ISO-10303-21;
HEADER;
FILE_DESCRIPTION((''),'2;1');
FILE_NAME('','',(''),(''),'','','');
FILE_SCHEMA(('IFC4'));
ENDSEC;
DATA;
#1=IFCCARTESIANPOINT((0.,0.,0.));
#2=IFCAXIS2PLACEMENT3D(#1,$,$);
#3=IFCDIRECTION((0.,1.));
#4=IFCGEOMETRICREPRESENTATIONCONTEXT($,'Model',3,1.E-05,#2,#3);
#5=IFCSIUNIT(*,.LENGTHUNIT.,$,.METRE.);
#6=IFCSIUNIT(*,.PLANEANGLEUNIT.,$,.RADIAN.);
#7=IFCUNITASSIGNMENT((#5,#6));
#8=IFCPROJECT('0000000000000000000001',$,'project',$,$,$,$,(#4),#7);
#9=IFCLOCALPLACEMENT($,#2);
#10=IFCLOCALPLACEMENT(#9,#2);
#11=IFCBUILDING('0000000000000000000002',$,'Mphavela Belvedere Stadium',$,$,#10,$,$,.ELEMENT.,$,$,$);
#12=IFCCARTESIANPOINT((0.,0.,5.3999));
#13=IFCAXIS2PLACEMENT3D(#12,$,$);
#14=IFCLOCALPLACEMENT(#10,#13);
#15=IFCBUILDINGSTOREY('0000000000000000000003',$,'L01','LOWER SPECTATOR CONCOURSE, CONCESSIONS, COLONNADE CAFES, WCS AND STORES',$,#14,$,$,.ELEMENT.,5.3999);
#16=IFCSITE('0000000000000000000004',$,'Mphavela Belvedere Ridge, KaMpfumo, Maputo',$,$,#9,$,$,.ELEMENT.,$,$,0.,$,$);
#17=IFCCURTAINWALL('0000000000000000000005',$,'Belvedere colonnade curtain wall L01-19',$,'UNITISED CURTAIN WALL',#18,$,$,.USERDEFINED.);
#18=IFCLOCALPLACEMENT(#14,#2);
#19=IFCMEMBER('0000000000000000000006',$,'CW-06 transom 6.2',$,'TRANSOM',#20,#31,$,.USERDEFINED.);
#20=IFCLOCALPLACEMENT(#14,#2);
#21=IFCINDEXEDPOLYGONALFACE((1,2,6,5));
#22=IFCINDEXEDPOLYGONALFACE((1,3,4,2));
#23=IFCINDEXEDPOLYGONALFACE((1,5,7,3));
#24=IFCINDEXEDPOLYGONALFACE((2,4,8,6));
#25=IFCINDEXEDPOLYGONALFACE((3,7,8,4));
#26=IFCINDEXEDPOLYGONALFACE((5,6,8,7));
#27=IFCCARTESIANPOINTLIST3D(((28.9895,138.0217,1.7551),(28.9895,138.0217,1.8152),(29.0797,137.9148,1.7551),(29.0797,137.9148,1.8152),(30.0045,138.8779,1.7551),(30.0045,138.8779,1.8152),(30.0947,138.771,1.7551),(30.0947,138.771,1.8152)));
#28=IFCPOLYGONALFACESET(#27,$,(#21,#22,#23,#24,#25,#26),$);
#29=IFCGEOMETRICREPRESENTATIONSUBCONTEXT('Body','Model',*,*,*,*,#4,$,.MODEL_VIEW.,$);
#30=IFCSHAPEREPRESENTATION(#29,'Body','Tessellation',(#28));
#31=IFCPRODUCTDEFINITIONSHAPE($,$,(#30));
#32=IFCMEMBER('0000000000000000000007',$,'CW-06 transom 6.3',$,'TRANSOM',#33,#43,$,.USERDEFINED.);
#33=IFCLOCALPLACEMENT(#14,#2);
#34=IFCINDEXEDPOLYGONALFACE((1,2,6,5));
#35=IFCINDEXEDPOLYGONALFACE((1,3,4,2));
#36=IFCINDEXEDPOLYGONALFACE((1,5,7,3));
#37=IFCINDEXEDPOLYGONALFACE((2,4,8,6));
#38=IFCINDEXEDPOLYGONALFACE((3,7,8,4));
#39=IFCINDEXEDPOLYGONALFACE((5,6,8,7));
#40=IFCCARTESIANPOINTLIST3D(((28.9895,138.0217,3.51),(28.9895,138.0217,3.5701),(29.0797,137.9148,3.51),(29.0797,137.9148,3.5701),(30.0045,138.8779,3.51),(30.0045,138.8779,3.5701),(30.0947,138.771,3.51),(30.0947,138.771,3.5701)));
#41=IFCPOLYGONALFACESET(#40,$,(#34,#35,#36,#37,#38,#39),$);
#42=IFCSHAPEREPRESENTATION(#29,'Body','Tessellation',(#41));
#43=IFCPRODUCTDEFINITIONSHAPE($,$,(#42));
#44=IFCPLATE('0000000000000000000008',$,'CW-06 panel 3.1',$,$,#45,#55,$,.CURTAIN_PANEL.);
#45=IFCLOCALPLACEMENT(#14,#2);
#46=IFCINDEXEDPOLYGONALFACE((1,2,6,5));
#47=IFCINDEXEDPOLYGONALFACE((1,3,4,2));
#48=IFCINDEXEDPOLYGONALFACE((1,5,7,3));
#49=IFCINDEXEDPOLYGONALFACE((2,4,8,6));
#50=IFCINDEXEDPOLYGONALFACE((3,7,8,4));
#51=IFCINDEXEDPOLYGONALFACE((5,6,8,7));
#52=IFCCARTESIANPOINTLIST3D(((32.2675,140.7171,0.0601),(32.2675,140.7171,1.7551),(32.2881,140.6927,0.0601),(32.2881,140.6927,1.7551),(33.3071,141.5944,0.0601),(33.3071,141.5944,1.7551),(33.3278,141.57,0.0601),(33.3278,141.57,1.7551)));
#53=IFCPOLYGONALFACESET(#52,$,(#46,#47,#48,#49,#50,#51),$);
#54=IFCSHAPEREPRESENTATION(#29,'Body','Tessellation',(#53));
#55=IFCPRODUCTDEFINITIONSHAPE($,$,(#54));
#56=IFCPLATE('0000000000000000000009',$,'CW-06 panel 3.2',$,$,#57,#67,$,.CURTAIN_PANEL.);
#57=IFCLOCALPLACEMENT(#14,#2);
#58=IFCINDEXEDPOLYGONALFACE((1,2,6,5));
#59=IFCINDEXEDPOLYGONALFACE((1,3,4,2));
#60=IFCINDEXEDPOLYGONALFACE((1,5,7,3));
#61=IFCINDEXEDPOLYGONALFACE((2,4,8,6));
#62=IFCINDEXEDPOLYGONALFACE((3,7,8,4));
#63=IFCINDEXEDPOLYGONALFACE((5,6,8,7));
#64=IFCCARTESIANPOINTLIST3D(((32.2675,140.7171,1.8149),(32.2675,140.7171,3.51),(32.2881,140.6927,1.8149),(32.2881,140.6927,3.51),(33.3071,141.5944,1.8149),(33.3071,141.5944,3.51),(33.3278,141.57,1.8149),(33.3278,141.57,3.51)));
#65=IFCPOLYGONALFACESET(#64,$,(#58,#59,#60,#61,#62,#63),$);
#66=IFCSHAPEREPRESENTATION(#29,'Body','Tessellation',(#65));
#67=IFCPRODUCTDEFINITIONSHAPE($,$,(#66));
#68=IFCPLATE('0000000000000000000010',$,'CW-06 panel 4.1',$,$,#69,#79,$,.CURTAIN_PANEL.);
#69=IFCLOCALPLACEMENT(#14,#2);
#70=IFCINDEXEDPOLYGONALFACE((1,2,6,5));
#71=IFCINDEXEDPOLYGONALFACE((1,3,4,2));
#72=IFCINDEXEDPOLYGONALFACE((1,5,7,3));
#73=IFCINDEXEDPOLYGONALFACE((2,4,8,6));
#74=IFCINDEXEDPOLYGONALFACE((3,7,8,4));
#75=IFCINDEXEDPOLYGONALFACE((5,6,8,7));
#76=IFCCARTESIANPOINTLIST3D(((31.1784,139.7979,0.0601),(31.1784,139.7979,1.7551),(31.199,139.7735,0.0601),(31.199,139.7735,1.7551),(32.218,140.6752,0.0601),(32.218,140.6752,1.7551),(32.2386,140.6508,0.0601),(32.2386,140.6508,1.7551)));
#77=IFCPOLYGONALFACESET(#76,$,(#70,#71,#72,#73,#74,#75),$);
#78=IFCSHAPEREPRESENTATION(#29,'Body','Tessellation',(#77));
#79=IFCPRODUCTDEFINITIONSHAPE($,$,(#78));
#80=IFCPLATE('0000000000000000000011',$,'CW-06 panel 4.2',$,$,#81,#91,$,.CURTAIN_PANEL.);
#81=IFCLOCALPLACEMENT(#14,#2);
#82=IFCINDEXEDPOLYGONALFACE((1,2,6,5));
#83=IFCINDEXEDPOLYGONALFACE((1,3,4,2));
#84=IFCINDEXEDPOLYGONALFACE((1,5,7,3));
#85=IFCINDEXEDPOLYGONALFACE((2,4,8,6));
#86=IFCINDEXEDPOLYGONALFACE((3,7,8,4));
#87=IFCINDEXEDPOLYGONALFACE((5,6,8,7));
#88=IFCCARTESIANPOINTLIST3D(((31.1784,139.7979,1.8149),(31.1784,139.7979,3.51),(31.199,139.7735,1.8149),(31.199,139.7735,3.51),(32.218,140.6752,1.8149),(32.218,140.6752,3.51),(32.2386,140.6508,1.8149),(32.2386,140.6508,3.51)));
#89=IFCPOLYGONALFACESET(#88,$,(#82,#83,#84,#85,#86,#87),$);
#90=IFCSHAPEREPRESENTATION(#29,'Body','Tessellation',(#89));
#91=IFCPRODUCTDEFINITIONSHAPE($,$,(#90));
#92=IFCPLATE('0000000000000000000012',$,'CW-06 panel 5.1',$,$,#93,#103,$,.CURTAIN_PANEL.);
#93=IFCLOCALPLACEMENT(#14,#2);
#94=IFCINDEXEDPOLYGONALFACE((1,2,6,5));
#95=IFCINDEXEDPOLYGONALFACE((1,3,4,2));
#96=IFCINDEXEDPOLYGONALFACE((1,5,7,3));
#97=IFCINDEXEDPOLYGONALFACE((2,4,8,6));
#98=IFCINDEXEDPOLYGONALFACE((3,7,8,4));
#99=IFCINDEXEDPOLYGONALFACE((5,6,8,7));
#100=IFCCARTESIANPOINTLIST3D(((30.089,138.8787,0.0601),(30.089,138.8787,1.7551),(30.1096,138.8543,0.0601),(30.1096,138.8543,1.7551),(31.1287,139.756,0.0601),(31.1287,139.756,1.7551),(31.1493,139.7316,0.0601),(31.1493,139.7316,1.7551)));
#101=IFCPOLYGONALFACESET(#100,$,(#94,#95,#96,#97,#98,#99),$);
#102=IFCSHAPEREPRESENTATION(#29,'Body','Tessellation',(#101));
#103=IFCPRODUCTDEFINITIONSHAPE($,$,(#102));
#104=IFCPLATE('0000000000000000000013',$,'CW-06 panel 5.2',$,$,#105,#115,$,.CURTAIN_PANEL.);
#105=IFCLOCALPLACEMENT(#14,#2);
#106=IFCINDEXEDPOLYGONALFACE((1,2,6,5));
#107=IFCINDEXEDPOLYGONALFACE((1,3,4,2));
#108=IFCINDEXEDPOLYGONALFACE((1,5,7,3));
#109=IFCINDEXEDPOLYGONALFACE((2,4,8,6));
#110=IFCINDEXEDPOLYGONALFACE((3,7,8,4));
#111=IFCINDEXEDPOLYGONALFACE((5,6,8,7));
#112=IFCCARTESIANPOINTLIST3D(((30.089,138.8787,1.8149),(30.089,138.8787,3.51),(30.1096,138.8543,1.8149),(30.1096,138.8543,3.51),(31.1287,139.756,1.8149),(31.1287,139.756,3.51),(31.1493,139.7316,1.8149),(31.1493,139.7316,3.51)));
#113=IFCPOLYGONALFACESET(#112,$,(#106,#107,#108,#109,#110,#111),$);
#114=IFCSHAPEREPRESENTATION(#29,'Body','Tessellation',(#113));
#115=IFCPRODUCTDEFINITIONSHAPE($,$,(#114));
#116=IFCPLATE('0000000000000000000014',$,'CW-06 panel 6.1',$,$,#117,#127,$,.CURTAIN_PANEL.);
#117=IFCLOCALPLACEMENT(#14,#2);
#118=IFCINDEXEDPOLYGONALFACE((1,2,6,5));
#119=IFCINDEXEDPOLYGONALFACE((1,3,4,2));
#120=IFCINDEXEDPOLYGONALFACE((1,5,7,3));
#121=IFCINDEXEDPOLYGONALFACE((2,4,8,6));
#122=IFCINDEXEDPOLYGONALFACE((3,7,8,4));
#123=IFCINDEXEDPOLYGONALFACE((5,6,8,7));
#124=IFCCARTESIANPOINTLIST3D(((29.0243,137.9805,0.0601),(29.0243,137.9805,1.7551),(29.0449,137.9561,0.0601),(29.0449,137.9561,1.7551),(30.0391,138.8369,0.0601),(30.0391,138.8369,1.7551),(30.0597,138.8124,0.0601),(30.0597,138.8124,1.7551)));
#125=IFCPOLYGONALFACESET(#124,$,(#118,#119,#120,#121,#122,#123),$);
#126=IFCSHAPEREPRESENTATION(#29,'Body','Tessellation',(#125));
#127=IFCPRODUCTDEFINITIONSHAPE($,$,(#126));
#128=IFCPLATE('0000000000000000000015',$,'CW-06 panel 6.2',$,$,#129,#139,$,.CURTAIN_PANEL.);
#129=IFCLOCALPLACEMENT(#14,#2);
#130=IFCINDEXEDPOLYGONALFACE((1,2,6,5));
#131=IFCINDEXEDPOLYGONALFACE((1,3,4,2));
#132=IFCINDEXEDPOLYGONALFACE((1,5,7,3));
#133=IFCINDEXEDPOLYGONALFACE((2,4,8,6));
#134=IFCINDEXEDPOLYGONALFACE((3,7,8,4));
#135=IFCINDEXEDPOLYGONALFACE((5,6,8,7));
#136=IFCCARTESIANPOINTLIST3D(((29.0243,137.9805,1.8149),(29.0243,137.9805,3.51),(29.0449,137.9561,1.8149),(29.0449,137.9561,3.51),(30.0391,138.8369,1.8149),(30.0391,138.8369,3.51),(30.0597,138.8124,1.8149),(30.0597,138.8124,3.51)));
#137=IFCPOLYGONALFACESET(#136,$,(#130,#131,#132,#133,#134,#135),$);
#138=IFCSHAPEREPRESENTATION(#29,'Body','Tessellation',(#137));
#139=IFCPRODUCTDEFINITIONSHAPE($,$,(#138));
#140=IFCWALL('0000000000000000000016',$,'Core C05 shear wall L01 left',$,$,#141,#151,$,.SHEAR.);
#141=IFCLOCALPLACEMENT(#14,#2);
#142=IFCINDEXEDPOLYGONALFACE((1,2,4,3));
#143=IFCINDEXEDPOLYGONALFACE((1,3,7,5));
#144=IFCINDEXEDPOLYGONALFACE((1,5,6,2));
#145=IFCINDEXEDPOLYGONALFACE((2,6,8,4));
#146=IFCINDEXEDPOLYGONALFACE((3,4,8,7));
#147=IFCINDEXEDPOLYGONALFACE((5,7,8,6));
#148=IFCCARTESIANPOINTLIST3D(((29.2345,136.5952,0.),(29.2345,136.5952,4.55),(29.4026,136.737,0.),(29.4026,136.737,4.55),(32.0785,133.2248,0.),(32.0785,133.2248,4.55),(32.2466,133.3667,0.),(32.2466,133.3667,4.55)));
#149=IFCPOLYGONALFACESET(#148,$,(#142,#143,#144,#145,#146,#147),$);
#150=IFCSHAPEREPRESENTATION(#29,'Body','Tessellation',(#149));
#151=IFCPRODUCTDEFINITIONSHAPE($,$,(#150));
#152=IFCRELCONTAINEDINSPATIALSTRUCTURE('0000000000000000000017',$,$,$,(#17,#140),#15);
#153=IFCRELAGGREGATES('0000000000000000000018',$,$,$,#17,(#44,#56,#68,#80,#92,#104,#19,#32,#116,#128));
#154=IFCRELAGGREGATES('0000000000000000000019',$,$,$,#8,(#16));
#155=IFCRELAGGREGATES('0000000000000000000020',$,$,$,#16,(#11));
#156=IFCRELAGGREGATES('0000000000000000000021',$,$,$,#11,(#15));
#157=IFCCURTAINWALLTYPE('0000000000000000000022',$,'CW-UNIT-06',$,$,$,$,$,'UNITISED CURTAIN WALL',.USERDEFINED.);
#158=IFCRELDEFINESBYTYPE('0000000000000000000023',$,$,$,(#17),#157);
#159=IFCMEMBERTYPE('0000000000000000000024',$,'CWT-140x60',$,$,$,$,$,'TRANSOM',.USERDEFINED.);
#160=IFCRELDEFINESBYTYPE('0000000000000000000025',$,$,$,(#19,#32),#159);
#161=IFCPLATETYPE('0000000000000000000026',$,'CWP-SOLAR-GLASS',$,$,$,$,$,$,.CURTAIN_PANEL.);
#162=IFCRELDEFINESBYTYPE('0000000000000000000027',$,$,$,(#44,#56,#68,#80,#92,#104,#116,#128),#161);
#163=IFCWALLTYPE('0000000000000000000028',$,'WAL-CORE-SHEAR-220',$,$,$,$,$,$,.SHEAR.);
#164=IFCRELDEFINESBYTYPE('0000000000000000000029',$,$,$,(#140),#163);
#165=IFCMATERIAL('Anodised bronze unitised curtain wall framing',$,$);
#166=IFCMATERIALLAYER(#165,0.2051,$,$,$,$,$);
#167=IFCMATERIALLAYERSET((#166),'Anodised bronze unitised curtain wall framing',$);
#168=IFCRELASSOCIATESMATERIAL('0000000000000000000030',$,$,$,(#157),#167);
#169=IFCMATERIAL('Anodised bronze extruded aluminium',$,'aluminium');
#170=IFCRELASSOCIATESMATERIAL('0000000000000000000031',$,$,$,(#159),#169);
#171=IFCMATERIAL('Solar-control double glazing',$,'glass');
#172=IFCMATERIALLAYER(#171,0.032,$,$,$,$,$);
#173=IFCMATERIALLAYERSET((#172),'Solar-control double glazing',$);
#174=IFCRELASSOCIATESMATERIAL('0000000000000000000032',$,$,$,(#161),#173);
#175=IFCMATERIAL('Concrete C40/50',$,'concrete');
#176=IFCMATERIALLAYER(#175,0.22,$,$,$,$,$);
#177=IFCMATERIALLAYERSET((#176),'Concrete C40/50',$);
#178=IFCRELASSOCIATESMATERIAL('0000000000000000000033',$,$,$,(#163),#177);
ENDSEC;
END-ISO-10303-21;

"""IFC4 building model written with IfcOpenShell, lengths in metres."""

from ifc_helpers import new_model, si_unit, direction, frame, frame_2d, origin, origin_2d, place, context, subcontext, project, spatial, rectangle, extrude, material, layer, layer_set, material_profile, profile_set, type_object, element, aggregate, save


model = new_model("IFC4")

# Units and contexts
model_context = context("Model", 3, precision=1e-05, world=origin(), true_north=direction((0.0, 1.0)))
body_context = subcontext(model_context, "Body", "Model", "MODEL_VIEW")
ifc_project = project(units=[si_unit("LENGTHUNIT", "METRE"), si_unit("PLANEANGLEUNIT", "RADIAN")], contexts=[model_context])

# Site, building, storey
site_placement = place(None, origin())
site = spatial("IfcSite", under=ifc_project, at=site_placement, Name="Mphavela Belvedere Ridge, KaMpfumo, Maputo", CompositionType="ELEMENT", RefElevation=0.0)
building_placement = place(site_placement, origin())
building = spatial("IfcBuilding", under=site, at=building_placement, Name="Mphavela Belvedere Stadium", CompositionType="ELEMENT")
storey_placement = place(building_placement, frame((0.0, 0.0, 5.3999)))
storey = spatial("IfcBuildingStorey", under=building, at=storey_placement, Name="L01", Description="LOWER SPECTATOR CONCOURSE, CONCESSIONS, COLONNADE CAFES, WCS AND STORES", CompositionType="ELEMENT", Elevation=5.3999)

# Curtain wall, members, plates
ifc_material_1 = material(Name="Anodised bronze unitised curtain wall framing")
ifc_layer_1 = layer(ifc_material_1, 0.2051)
ifc_layer_set_1 = layer_set([ifc_layer_1], Name="Anodised bronze unitised curtain wall framing")
curtain_wall_type = type_object("IfcCurtainWallType", Name="CW-UNIT-06", ElementType="UNITISED CURTAIN WALL", PredefinedType="USERDEFINED", material=ifc_layer_set_1)
curtain_wall_placement = place(storey_placement, origin())
curtain_wall = element("IfcCurtainWall", 1, at=curtain_wall_placement, inside=storey, type_object=curtain_wall_type, Name="Belvedere colonnade curtain wall L01-19", ObjectType="UNITISED CURTAIN WALL", PredefinedType="USERDEFINED")
ifc_material_2 = material(Name="Anodised bronze extruded aluminium", Category="aluminium")
ifc_material_profile_1 = material_profile(ifc_material_2, rectangle(XDim=0.1399, YDim=0.0601, at=origin_2d()), Name="CW-TRN 140x60")
ifc_profile_set_1 = profile_set([ifc_material_profile_1], Name="Anodised bronze extruded aluminium")
member_type_1 = type_object("IfcMemberType", Name="CWT-140x60", ElementType="TRANSOM", PredefinedType="USERDEFINED", material=ifc_profile_set_1)
member_1_placement = place(storey_placement, frame((30.0496, 138.8245, 1.7852), z_axis=(-0.764334, -0.644821, 0.0), x_axis=(0.644821, -0.764334, 0.0)))
member_1 = element("IfcMember", 2, at=member_1_placement, type_object=member_type_1, Name="CW-06 transom 6.2", ObjectType="TRANSOM", PredefinedType="USERDEFINED", context=body_context, shape_type="SweptSolid", body=[
    extrude(rectangle(XDim=0.1399, YDim=0.0601, at=origin_2d()), origin(), (0.0, 0.0, 1.0), 1.3279),
])
member_2_placement = place(storey_placement, frame((30.0496, 138.8245, 3.54), z_axis=(-0.764334, -0.644821, 0.0), x_axis=(0.644821, -0.764334, 0.0)))
member_2 = element("IfcMember", 3, at=member_2_placement, type_object=member_type_1, Name="CW-06 transom 6.3", ObjectType="TRANSOM", PredefinedType="USERDEFINED", context=body_context, shape_type="SweptSolid", body=[
    extrude(rectangle(XDim=0.1399, YDim=0.0601, at=origin_2d()), origin(), (0.0, 0.0, 1.0), 1.3279),
])
ifc_material_3 = material(Name="Solar-control double glazing", Category="glass")
ifc_layer_2 = layer(ifc_material_3, 0.032)
ifc_layer_set_2 = layer_set([ifc_layer_2], Name="Solar-control double glazing")
plate_type = type_object("IfcPlateType", Name="CWP-SOLAR-GLASS", PredefinedType="CURTAIN_PANEL", material=ifc_layer_set_2)
plate_1_placement = place(storey_placement, frame((32.7976, 141.1436, 0.0601), z_axis=(0.0, 0.0, 1.0), x_axis=(-0.764259, -0.64491, 0.0)))
plate_1 = element("IfcPlate", 4, at=plate_1_placement, type_object=plate_type, Name="CW-06 panel 3.1", PredefinedType="CURTAIN_PANEL", context=body_context, shape_type="SweptSolid", body=[
    extrude(rectangle(XDim=1.3604, YDim=0.032, at=origin_2d()), origin(), (0.0, 0.0, 1.0), 1.6951),
])
plate_2_placement = place(storey_placement, frame((32.7976, 141.1436, 1.8149), z_axis=(0.0, 0.0, 1.0), x_axis=(-0.764259, -0.64491, 0.0)))
plate_2 = element("IfcPlate", 5, at=plate_2_placement, type_object=plate_type, Name="CW-06 panel 3.2", PredefinedType="CURTAIN_PANEL", context=body_context, shape_type="SweptSolid", body=[
    extrude(rectangle(XDim=1.3604, YDim=0.032, at=origin_2d()), origin(), (0.0, 0.0, 1.0), 1.6951),
])
plate_3_placement = place(storey_placement, frame((31.7085, 140.2244, 0.0601), z_axis=(0.0, 0.0, 1.0), x_axis=(-0.764259, -0.64491, 0.0)))
plate_3 = element("IfcPlate", 6, at=plate_3_placement, type_object=plate_type, Name="CW-06 panel 4.1", PredefinedType="CURTAIN_PANEL", context=body_context, shape_type="SweptSolid", body=[
    extrude(rectangle(XDim=1.3604, YDim=0.032, at=origin_2d()), origin(), (0.0, 0.0, 1.0), 1.6951),
])
plate_4_placement = place(storey_placement, frame((31.7085, 140.2244, 1.8149), z_axis=(0.0, 0.0, 1.0), x_axis=(-0.764259, -0.64491, 0.0)))
plate_4 = element("IfcPlate", 7, at=plate_4_placement, type_object=plate_type, Name="CW-06 panel 4.2", PredefinedType="CURTAIN_PANEL", context=body_context, shape_type="SweptSolid", body=[
    extrude(rectangle(XDim=1.3604, YDim=0.032, at=origin_2d()), origin(), (0.0, 0.0, 1.0), 1.6951),
])
plate_5_placement = place(storey_placement, frame((30.6191, 139.3052, 0.0601), z_axis=(0.0, 0.0, 1.0), x_axis=(-0.764259, -0.64491, 0.0)))
plate_5 = element("IfcPlate", 8, at=plate_5_placement, type_object=plate_type, Name="CW-06 panel 5.1", PredefinedType="CURTAIN_PANEL", context=body_context, shape_type="SweptSolid", body=[
    extrude(rectangle(XDim=1.3604, YDim=0.032, at=origin_2d()), origin(), (0.0, 0.0, 1.0), 1.6951),
])
plate_6_placement = place(storey_placement, frame((30.6191, 139.3052, 1.8149), z_axis=(0.0, 0.0, 1.0), x_axis=(-0.764259, -0.64491, 0.0)))
plate_6 = element("IfcPlate", 9, at=plate_6_placement, type_object=plate_type, Name="CW-06 panel 5.2", PredefinedType="CURTAIN_PANEL", context=body_context, shape_type="SweptSolid", body=[
    extrude(rectangle(XDim=1.3604, YDim=0.032, at=origin_2d()), origin(), (0.0, 0.0, 1.0), 1.6951),
])
plate_7_placement = place(storey_placement, frame((29.542, 138.3965, 0.0601), z_axis=(0.0, 0.0, 1.0), x_axis=(-0.764259, -0.64491, 0.0)))
plate_7 = element("IfcPlate", 10, at=plate_7_placement, type_object=plate_type, Name="CW-06 panel 6.1", PredefinedType="CURTAIN_PANEL", context=body_context, shape_type="SweptSolid", body=[
    extrude(rectangle(XDim=1.3279, YDim=0.032, at=origin_2d()), origin(), (0.0, 0.0, 1.0), 1.6951),
])
plate_8_placement = place(storey_placement, frame((29.542, 138.3965, 1.8149), z_axis=(0.0, 0.0, 1.0), x_axis=(-0.764259, -0.64491, 0.0)))
plate_8 = element("IfcPlate", 11, at=plate_8_placement, type_object=plate_type, Name="CW-06 panel 6.2", PredefinedType="CURTAIN_PANEL", context=body_context, shape_type="SweptSolid", body=[
    extrude(rectangle(XDim=1.3279, YDim=0.032, at=origin_2d()), origin(), (0.0, 0.0, 1.0), 1.6951),
])
aggregate(curtain_wall, [plate_1, plate_2, plate_3, plate_4, plate_5, plate_6, member_1, member_2, plate_7, plate_8])

# Wall
ifc_material_4 = material(Name="Concrete C40/50", Category="concrete")
ifc_layer_3 = layer(ifc_material_4, 0.22)
ifc_layer_set_3 = layer_set([ifc_layer_3], Name="Concrete C40/50")
wall_type = type_object("IfcWallType", Name="WAL-CORE-SHEAR-220", PredefinedType="SHEAR", material=ifc_layer_set_3)
wall_1_placement = place(storey_placement, frame((32.1626, 133.2957, 0.0), z_axis=(0.0, 0.0, 1.0), x_axis=(-0.644904, 0.764263, 0.0)))
element("IfcWall", 12, at=wall_1_placement, inside=storey, type_object=wall_type, Name="Core C05 shear wall L01 left", PredefinedType="SHEAR", context=body_context, shape_type="SweptSolid", body=[
    extrude(rectangle(XDim=4.4099, YDim=0.22, at=frame_2d((2.2051, 0.0))), origin(), (0.0, 0.0, 1.0), 4.55),
])

save(model, "model.ifc")
